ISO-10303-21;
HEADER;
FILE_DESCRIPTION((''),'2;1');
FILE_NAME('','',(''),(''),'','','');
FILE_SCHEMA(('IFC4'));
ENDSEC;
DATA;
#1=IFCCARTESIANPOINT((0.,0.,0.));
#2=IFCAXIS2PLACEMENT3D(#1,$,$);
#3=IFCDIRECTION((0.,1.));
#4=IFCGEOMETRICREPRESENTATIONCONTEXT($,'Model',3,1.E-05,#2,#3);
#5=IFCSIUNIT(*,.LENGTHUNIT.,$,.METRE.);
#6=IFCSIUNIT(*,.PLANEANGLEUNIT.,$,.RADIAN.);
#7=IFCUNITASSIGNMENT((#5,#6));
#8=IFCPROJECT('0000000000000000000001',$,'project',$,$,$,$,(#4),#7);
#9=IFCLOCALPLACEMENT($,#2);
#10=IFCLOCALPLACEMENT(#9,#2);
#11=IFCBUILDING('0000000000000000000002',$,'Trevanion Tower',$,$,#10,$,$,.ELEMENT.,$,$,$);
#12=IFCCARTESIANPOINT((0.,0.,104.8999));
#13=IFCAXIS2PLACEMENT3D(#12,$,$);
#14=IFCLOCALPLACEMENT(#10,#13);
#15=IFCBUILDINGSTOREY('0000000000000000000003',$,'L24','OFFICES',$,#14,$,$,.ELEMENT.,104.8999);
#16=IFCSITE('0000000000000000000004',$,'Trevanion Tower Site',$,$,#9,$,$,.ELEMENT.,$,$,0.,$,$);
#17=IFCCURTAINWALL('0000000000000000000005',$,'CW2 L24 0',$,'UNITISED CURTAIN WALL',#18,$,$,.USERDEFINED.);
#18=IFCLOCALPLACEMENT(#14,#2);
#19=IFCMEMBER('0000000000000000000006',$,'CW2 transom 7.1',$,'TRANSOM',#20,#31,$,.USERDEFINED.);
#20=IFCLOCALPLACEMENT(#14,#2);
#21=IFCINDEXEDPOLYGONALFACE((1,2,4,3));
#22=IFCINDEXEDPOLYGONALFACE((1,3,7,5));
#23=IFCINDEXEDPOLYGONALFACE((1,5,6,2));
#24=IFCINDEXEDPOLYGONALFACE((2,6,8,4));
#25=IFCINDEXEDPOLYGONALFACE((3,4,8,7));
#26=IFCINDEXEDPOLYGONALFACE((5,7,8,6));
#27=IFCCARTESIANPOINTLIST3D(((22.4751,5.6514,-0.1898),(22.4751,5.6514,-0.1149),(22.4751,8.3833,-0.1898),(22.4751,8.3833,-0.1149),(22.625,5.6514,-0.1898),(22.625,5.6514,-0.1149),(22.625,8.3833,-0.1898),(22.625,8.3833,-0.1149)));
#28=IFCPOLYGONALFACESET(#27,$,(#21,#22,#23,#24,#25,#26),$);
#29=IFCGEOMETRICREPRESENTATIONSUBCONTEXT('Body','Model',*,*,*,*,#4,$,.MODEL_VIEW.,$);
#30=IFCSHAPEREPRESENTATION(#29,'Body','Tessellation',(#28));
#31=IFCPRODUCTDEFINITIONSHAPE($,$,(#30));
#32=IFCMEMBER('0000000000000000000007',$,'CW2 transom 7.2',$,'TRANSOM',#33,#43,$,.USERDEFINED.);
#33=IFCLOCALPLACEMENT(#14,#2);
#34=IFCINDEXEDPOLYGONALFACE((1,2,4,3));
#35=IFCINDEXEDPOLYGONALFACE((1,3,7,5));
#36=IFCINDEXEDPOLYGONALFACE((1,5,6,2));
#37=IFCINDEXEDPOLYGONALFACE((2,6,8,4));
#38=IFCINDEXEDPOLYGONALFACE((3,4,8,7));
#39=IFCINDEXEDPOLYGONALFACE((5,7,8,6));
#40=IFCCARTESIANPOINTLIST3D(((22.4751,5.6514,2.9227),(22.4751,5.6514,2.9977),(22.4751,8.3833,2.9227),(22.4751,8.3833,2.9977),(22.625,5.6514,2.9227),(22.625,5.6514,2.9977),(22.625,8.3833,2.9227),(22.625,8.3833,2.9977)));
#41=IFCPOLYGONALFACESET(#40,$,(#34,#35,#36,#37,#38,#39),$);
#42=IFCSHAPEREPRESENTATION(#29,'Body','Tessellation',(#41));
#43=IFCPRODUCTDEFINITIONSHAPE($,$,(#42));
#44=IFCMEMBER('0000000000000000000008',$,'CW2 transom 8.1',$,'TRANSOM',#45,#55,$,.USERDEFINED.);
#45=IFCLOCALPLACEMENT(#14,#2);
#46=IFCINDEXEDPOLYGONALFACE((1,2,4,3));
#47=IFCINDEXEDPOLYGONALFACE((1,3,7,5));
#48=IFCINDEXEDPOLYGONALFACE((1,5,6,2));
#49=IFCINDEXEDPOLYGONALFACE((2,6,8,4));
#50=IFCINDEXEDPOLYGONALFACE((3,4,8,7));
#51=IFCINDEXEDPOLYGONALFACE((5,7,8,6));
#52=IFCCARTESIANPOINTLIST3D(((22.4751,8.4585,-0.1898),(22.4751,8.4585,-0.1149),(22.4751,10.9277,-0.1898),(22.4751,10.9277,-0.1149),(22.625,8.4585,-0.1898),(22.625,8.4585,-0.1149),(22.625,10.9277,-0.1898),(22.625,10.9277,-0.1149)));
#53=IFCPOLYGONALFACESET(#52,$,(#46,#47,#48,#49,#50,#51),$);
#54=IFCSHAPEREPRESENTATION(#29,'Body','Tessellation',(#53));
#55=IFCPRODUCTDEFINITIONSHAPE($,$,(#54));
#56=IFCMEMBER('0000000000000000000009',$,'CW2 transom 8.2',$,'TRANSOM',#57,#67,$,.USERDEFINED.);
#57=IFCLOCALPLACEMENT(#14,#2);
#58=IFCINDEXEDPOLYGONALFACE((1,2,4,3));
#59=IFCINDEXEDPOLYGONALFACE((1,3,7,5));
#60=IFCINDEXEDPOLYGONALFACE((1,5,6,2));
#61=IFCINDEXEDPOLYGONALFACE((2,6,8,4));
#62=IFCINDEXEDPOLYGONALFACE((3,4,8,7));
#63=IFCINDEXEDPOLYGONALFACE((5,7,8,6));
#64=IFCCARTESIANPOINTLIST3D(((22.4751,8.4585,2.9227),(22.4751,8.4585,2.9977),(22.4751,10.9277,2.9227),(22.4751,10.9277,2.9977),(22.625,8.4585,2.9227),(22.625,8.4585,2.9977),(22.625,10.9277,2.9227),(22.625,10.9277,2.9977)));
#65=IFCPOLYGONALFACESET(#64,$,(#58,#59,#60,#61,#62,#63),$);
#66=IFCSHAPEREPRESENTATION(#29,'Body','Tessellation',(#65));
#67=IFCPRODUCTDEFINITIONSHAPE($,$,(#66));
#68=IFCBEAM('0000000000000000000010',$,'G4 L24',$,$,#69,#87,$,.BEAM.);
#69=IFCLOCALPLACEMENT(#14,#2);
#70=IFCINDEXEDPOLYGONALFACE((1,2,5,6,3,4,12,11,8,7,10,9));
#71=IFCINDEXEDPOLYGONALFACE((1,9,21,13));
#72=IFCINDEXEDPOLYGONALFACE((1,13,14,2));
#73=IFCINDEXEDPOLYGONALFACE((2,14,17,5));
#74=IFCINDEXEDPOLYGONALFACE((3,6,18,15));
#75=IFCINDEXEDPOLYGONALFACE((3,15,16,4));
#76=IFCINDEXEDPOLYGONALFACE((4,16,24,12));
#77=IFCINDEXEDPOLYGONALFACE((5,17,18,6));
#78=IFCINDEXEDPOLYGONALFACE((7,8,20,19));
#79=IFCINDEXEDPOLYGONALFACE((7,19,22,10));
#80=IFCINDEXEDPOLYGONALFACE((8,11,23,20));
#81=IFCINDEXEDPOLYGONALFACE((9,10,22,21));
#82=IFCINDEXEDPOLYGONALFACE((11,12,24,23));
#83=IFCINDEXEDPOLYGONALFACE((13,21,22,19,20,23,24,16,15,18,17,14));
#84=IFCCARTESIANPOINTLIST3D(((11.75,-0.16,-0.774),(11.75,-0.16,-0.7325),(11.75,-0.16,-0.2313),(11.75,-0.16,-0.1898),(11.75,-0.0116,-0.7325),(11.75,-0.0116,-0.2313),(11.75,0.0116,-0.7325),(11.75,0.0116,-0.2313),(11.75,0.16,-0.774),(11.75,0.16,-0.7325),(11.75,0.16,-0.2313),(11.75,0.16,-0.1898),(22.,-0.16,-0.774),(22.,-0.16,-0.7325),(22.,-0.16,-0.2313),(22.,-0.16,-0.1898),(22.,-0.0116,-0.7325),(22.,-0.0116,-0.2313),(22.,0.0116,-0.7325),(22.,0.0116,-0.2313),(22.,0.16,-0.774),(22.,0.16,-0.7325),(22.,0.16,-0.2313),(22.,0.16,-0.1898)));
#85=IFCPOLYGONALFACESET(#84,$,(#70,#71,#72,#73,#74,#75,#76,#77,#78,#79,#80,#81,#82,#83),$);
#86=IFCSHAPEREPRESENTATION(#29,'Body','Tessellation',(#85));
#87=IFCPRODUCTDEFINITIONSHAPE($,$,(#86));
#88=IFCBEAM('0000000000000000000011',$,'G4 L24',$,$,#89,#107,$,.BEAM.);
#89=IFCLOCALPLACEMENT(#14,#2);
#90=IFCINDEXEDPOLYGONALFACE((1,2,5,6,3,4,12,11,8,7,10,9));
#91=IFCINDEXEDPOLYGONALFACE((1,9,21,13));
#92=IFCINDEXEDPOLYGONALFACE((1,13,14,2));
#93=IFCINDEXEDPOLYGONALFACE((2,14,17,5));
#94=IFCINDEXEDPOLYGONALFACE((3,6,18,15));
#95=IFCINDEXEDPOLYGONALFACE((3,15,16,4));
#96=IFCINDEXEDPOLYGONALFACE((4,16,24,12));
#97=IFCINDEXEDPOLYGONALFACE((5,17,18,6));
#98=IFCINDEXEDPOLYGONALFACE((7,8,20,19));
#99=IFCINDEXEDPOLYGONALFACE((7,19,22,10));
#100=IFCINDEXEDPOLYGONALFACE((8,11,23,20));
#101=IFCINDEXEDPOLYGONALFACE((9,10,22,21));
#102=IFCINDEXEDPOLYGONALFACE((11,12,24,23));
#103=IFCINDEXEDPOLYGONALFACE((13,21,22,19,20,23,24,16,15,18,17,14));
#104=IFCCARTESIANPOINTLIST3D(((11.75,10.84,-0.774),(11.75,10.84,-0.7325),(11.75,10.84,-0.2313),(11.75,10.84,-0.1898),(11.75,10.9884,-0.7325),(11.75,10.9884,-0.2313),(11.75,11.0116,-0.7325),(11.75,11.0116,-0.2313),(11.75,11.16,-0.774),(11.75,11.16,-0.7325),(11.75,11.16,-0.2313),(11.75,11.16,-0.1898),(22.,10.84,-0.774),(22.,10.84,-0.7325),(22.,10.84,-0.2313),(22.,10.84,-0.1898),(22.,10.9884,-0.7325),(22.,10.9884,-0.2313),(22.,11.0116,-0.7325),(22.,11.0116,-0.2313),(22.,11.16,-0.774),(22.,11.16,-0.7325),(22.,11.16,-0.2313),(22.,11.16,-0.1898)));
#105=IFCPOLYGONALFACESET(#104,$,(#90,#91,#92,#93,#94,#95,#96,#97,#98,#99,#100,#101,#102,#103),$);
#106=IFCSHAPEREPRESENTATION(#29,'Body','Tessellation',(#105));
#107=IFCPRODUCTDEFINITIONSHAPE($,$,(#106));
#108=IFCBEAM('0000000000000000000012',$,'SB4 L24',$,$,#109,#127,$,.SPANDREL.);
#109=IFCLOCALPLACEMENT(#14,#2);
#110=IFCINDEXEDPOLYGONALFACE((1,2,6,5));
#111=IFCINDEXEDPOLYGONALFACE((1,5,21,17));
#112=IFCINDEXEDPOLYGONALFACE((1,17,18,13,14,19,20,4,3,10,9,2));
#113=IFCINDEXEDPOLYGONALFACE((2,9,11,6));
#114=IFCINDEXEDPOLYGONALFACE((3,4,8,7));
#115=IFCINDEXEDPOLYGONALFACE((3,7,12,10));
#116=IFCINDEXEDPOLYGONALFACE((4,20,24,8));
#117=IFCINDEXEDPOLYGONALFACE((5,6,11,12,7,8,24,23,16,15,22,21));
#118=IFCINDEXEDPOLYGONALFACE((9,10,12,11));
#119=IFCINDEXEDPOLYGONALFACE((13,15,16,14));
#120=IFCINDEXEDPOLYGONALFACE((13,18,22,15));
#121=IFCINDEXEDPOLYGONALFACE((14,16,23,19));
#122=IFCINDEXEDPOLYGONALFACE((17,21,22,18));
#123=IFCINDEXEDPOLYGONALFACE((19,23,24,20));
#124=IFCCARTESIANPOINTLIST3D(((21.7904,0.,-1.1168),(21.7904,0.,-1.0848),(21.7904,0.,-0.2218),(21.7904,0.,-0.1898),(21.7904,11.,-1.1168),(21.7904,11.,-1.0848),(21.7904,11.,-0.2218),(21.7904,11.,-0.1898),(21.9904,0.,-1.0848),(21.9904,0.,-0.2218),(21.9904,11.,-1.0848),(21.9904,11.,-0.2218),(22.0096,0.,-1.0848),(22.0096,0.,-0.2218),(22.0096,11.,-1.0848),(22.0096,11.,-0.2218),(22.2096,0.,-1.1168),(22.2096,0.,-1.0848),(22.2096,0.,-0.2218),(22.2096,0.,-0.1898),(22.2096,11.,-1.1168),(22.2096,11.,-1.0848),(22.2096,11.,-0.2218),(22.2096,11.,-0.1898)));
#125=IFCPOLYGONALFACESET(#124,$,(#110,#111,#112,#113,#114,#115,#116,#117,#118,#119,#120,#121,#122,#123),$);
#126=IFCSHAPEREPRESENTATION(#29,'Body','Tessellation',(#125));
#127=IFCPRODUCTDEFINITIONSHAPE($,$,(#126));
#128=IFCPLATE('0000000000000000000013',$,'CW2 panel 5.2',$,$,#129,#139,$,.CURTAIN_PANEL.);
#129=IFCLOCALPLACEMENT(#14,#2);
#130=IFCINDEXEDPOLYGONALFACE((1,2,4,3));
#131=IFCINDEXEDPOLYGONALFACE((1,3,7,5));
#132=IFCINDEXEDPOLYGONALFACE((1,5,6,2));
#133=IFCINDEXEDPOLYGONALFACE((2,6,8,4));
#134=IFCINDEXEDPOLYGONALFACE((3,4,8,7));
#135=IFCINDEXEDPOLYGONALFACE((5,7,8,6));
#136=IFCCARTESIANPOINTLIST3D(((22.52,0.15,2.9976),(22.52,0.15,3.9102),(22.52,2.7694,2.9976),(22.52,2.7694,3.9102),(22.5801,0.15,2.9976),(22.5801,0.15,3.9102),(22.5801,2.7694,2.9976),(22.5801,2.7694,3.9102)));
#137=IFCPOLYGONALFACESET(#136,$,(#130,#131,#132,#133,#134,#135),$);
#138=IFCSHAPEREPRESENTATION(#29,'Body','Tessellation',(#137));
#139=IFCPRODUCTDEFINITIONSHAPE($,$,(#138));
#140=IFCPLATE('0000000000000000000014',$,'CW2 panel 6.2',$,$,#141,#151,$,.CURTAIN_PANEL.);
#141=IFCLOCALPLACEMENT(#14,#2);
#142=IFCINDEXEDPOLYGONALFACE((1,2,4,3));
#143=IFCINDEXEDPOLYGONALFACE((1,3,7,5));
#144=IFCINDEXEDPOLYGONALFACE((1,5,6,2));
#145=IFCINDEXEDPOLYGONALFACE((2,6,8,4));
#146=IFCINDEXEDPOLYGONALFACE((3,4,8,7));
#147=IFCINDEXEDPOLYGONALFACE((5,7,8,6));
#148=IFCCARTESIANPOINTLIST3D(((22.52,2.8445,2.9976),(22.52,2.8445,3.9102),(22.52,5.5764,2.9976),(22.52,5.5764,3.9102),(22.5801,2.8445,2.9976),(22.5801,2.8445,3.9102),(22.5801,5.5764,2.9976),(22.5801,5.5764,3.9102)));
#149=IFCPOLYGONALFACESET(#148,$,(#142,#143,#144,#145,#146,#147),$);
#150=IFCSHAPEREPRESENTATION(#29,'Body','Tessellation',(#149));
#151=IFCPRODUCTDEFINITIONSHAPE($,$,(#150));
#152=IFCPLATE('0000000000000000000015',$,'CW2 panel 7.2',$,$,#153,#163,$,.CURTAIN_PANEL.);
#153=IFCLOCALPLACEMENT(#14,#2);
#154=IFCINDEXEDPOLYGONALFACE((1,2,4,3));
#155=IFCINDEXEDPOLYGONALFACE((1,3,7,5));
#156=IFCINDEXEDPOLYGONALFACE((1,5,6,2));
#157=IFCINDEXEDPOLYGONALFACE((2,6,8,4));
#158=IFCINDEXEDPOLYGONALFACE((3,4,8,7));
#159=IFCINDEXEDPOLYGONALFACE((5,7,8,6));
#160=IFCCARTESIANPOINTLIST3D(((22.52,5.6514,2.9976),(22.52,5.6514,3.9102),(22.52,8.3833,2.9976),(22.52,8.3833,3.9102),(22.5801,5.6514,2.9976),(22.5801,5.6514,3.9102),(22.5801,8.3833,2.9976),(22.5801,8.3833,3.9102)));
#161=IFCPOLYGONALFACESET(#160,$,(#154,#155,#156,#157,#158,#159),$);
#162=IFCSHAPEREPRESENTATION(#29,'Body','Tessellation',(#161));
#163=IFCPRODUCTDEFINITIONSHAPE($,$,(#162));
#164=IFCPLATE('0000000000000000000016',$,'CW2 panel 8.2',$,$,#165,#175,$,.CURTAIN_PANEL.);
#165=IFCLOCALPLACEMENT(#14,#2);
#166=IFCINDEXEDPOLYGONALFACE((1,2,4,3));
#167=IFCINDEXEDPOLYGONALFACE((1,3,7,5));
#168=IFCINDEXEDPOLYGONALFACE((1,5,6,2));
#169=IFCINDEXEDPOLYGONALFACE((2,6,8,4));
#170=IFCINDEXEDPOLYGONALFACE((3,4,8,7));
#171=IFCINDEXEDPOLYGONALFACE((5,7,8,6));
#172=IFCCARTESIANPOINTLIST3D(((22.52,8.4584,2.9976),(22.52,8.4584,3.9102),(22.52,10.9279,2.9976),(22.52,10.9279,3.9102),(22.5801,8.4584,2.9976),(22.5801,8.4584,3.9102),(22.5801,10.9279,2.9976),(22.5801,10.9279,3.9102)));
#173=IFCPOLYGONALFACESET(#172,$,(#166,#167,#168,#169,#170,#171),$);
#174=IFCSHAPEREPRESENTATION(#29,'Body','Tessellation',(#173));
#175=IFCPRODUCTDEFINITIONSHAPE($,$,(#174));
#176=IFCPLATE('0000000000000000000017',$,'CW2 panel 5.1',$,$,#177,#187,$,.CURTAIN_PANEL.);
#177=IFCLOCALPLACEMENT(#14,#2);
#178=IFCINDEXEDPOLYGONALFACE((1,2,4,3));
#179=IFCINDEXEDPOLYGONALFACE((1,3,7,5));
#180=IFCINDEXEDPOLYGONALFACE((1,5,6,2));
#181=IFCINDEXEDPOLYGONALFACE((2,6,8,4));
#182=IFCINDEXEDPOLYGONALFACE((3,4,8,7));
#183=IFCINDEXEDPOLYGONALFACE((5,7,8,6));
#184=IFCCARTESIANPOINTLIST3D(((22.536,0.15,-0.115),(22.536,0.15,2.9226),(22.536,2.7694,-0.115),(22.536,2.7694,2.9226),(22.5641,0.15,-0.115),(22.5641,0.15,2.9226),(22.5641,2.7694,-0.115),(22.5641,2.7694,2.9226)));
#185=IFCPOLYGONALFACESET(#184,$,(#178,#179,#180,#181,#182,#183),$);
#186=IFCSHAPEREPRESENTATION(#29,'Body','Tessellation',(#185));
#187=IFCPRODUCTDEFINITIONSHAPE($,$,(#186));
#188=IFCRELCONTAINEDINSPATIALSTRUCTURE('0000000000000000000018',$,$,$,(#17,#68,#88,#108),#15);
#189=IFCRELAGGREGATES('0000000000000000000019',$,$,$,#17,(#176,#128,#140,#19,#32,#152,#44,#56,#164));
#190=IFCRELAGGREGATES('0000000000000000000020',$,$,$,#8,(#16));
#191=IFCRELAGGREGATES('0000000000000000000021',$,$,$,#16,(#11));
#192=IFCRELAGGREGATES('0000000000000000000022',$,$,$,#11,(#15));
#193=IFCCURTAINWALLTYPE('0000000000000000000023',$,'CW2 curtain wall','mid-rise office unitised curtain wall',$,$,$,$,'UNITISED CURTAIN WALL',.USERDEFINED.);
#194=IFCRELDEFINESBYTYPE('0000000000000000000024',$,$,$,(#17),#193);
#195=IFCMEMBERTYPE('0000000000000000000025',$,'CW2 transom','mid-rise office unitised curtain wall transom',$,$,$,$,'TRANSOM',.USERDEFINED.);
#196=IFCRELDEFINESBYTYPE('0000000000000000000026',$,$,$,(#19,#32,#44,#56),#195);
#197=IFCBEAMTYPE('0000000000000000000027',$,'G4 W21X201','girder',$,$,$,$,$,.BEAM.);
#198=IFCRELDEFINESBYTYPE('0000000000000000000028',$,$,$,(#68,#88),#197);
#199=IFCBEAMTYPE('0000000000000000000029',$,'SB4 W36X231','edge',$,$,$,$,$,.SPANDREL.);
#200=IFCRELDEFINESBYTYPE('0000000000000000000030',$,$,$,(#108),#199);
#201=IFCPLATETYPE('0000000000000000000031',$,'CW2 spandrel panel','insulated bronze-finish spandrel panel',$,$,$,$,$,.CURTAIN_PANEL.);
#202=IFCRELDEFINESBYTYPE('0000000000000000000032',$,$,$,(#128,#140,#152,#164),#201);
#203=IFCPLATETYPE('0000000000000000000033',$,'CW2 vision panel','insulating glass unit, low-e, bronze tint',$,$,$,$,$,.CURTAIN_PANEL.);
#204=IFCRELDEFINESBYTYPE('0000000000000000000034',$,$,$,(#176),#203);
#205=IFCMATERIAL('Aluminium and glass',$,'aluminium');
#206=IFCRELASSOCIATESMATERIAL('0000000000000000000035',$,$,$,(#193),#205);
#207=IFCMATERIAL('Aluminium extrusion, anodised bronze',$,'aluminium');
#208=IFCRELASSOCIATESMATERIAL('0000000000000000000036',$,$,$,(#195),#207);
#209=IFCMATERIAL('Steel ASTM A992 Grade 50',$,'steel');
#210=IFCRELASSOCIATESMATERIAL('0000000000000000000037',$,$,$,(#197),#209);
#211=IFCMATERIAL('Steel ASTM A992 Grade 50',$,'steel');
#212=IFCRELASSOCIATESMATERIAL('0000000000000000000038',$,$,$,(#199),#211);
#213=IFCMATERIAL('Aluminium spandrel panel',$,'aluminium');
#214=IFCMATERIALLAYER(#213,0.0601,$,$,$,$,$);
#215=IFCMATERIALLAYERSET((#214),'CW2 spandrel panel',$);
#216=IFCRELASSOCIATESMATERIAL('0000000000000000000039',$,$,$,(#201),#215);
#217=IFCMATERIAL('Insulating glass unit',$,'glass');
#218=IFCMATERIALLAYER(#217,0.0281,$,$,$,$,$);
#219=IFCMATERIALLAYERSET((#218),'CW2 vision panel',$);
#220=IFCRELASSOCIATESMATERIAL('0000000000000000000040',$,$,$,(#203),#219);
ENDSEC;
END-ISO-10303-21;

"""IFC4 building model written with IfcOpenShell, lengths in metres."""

from ifc_helpers import new_model, si_unit, direction, frame, origin, origin_2d, place, context, subcontext, project, spatial, rectangle, i_section, extrude, material, layer, layer_set, material_profile, profile_set, type_object, element, aggregate, save


model = new_model("IFC4")

# Units and contexts
model_context = context("Model", 3, precision=1e-05, world=origin(), true_north=direction((0.0, 1.0)))
body_context = subcontext(model_context, "Body", "Model", "MODEL_VIEW")
ifc_project = project(units=[si_unit("LENGTHUNIT", "METRE"), si_unit("PLANEANGLEUNIT", "RADIAN")], contexts=[model_context])

# Site, building, storey
site_placement = place(None, origin())
site = spatial("IfcSite", under=ifc_project, at=site_placement, Name="Trevanion Tower Site", CompositionType="ELEMENT", RefElevation=0.0)
building_placement = place(site_placement, origin())
building = spatial("IfcBuilding", under=site, at=building_placement, Name="Trevanion Tower", CompositionType="ELEMENT")
storey_placement = place(building_placement, frame((0.0, 0.0, 104.8999)))
storey = spatial("IfcBuildingStorey", under=building, at=storey_placement, Name="L24", Description="OFFICES", CompositionType="ELEMENT", Elevation=104.8999)

# Curtain wall, members
ifc_material_1 = material(Name="Aluminium and glass", Category="aluminium")
curtain_wall_type = type_object("IfcCurtainWallType", Name="CW2 curtain wall", Description="mid-rise office unitised curtain wall", ElementType="UNITISED CURTAIN WALL", PredefinedType="USERDEFINED", material=ifc_material_1)
curtain_wall_placement = place(storey_placement, origin())
curtain_wall = element("IfcCurtainWall", 1, at=curtain_wall_placement, inside=storey, type_object=curtain_wall_type, Name="CW2 L24 0", ObjectType="UNITISED CURTAIN WALL", PredefinedType="USERDEFINED")
ifc_material_2 = material(Name="Aluminium extrusion, anodised bronze", Category="aluminium")
ifc_material_profile_1 = material_profile(ifc_material_2, rectangle(XDim=0.1499, YDim=0.075, at=origin_2d()), Name="CW2 transom")
ifc_profile_set_1 = profile_set([ifc_material_profile_1], Name="Aluminium extrusion, anodised bronze")
member_type_1 = type_object("IfcMemberType", Name="CW2 transom", Description="mid-rise office unitised curtain wall transom", ElementType="TRANSOM", PredefinedType="USERDEFINED", material=ifc_profile_set_1)
member_1_placement = place(storey_placement, frame((22.55, 5.6514, -0.1523), z_axis=(0.0, 1.0, 0.0), x_axis=(-1.0, 0.0, 0.0)))
member_1 = element("IfcMember", 2, at=member_1_placement, type_object=member_type_1, Name="CW2 transom 7.1", ObjectType="TRANSOM", PredefinedType="USERDEFINED", context=body_context, shape_type="SweptSolid", body=[
    extrude(rectangle(XDim=0.1499, YDim=0.075, at=origin_2d()), origin(), (0.0, 0.0, 1.0), 2.7319),
])
member_2_placement = place(storey_placement, frame((22.55, 5.6514, 2.9602), z_axis=(0.0, 1.0, 0.0), x_axis=(-1.0, 0.0, 0.0)))
member_2 = element("IfcMember", 3, at=member_2_placement, type_object=member_type_1, Name="CW2 transom 7.2", ObjectType="TRANSOM", PredefinedType="USERDEFINED", context=body_context, shape_type="SweptSolid", body=[
    extrude(rectangle(XDim=0.1499, YDim=0.075, at=origin_2d()), origin(), (0.0, 0.0, 1.0), 2.7319),
])
member_3_placement = place(storey_placement, frame((22.55, 8.4585, -0.1523), z_axis=(0.0, 1.0, 0.0), x_axis=(-1.0, 0.0, 0.0)))
member_3 = element("IfcMember", 4, at=member_3_placement, type_object=member_type_1, Name="CW2 transom 8.1", ObjectType="TRANSOM", PredefinedType="USERDEFINED", context=body_context, shape_type="SweptSolid", body=[
    extrude(rectangle(XDim=0.1499, YDim=0.075, at=origin_2d()), origin(), (0.0, 0.0, 1.0), 2.4692),
])
member_4_placement = place(storey_placement, frame((22.55, 8.4585, 2.9602), z_axis=(0.0, 1.0, 0.0), x_axis=(-1.0, 0.0, 0.0)))
member_4 = element("IfcMember", 5, at=member_4_placement, type_object=member_type_1, Name="CW2 transom 8.2", ObjectType="TRANSOM", PredefinedType="USERDEFINED", context=body_context, shape_type="SweptSolid", body=[
    extrude(rectangle(XDim=0.1499, YDim=0.075, at=origin_2d()), origin(), (0.0, 0.0, 1.0), 2.4692),
])

# Beams
ifc_material_3 = material(Name="Steel ASTM A992 Grade 50", Category="steel")
ifc_material_profile_2 = material_profile(ifc_material_3, i_section(OverallWidth=0.3201, OverallDepth=0.5842, WebThickness=0.0232, FlangeThickness=0.0415, at=origin_2d()), Name="W21X201")
ifc_profile_set_2 = profile_set([ifc_material_profile_2], Name="Steel ASTM A992 Grade 50")
beam_type_1 = type_object("IfcBeamType", Name="G4 W21X201", Description="girder", PredefinedType="BEAM", material=ifc_profile_set_2)
for number, where, z_axis, x_axis, name in (
    (6, (11.75, 0.0, -0.4819), (1.0, 0.0, 0.0), (0.0, 1.0, 0.0), "G4 L24"),
    (7, (11.75, 11.0, -0.4819), (1.0, 0.0, 0.0), (0.0, 1.0, 0.0), "G4 L24"),
):
    element("IfcBeam", number, at=place(storey_placement, frame(where, z_axis=z_axis, x_axis=x_axis)), inside=storey, type_object=beam_type_1, Name=name, PredefinedType="BEAM", context=body_context, shape_type="SweptSolid", body=[
        extrude(i_section(OverallWidth=0.3201, OverallDepth=0.5842, WebThickness=0.0232, FlangeThickness=0.0415, at=origin_2d()), origin(), (0.0, 0.0, 1.0), 10.25),
    ])
ifc_material_4 = material(Name="Steel ASTM A992 Grade 50", Category="steel")
ifc_material_profile_3 = material_profile(ifc_material_4, i_section(OverallWidth=0.4192, OverallDepth=0.927, WebThickness=0.0193, FlangeThickness=0.032, at=origin_2d()), Name="W36X231")
ifc_profile_set_3 = profile_set([ifc_material_profile_3], Name="Steel ASTM A992 Grade 50")
beam_type_2 = type_object("IfcBeamType", Name="SB4 W36X231", Description="edge", PredefinedType="SPANDREL", material=ifc_profile_set_3)
beam_placement = place(storey_placement, frame((22.0, 0.0, -0.6533), z_axis=(0.0, 1.0, 0.0), x_axis=(-1.0, 0.0, 0.0)))
element("IfcBeam", 8, at=beam_placement, inside=storey, type_object=beam_type_2, Name="SB4 L24", PredefinedType="SPANDREL", context=body_context, shape_type="SweptSolid", body=[
    extrude(i_section(OverallWidth=0.4192, OverallDepth=0.927, WebThickness=0.0193, FlangeThickness=0.032, at=origin_2d()), origin(), (0.0, 0.0, 1.0), 11.0),
])

# Plates
ifc_material_5 = material(Name="Aluminium spandrel panel", Category="aluminium")
ifc_layer_1 = layer(ifc_material_5, 0.0601)
ifc_layer_set_1 = layer_set([ifc_layer_1], Name="CW2 spandrel panel")
plate_type_1 = type_object("IfcPlateType", Name="CW2 spandrel panel", Description="insulated bronze-finish spandrel panel", PredefinedType="CURTAIN_PANEL", material=ifc_layer_set_1)
plate_1_placement = place(storey_placement, frame((22.55, 1.4597, 2.9976), z_axis=(0.0, 0.0, 1.0), x_axis=(0.0, 1.0, 0.0)))
plate_1 = element("IfcPlate", 9, at=plate_1_placement, type_object=plate_type_1, Name="CW2 panel 5.2", PredefinedType="CURTAIN_PANEL", context=body_context, shape_type="SweptSolid", body=[
    extrude(rectangle(XDim=2.6194, YDim=0.0601, at=origin_2d()), origin(), (0.0, 0.0, 1.0), 0.9126),
])
plate_2_placement = place(storey_placement, frame((22.55, 4.2104, 2.9976), z_axis=(0.0, 0.0, 1.0), x_axis=(0.0, 1.0, 0.0)))
plate_2 = element("IfcPlate", 10, at=plate_2_placement, type_object=plate_type_1, Name="CW2 panel 6.2", PredefinedType="CURTAIN_PANEL", context=body_context, shape_type="SweptSolid", body=[
    extrude(rectangle(XDim=2.7319, YDim=0.0601, at=origin_2d()), origin(), (0.0, 0.0, 1.0), 0.9126),
])
plate_3_placement = place(storey_placement, frame((22.55, 7.0173, 2.9976), z_axis=(0.0, 0.0, 1.0), x_axis=(0.0, 1.0, 0.0)))
plate_3 = element("IfcPlate", 11, at=plate_3_placement, type_object=plate_type_1, Name="CW2 panel 7.2", PredefinedType="CURTAIN_PANEL", context=body_context, shape_type="SweptSolid", body=[
    extrude(rectangle(XDim=2.7319, YDim=0.0601, at=origin_2d()), origin(), (0.0, 0.0, 1.0), 0.9126),
])
plate_4_placement = place(storey_placement, frame((22.55, 9.6931, 2.9976), z_axis=(0.0, 0.0, 1.0), x_axis=(0.0, 1.0, 0.0)))
plate_4 = element("IfcPlate", 12, at=plate_4_placement, type_object=plate_type_1, Name="CW2 panel 8.2", PredefinedType="CURTAIN_PANEL", context=body_context, shape_type="SweptSolid", body=[
    extrude(rectangle(XDim=2.4695, YDim=0.0601, at=origin_2d()), origin(), (0.0, 0.0, 1.0), 0.9126),
])
ifc_material_6 = material(Name="Insulating glass unit", Category="glass")
ifc_layer_2 = layer(ifc_material_6, 0.0281)
ifc_layer_set_2 = layer_set([ifc_layer_2], Name="CW2 vision panel")
plate_type_2 = type_object("IfcPlateType", Name="CW2 vision panel", Description="insulating glass unit, low-e, bronze tint", PredefinedType="CURTAIN_PANEL", material=ifc_layer_set_2)
plate_5_placement = place(storey_placement, frame((22.55, 1.4597, -0.115), z_axis=(0.0, 0.0, 1.0), x_axis=(0.0, 1.0, 0.0)))
plate_5 = element("IfcPlate", 13, at=plate_5_placement, type_object=plate_type_2, Name="CW2 panel 5.1", PredefinedType="CURTAIN_PANEL", context=body_context, shape_type="SweptSolid", body=[
    extrude(rectangle(XDim=2.6194, YDim=0.0281, at=origin_2d()), origin(), (0.0, 0.0, 1.0), 3.0376),
])
aggregate(curtain_wall, [plate_5, plate_1, plate_2, member_1, member_2, plate_3, member_3, member_4, plate_4])

save(model, "model.ifc")
